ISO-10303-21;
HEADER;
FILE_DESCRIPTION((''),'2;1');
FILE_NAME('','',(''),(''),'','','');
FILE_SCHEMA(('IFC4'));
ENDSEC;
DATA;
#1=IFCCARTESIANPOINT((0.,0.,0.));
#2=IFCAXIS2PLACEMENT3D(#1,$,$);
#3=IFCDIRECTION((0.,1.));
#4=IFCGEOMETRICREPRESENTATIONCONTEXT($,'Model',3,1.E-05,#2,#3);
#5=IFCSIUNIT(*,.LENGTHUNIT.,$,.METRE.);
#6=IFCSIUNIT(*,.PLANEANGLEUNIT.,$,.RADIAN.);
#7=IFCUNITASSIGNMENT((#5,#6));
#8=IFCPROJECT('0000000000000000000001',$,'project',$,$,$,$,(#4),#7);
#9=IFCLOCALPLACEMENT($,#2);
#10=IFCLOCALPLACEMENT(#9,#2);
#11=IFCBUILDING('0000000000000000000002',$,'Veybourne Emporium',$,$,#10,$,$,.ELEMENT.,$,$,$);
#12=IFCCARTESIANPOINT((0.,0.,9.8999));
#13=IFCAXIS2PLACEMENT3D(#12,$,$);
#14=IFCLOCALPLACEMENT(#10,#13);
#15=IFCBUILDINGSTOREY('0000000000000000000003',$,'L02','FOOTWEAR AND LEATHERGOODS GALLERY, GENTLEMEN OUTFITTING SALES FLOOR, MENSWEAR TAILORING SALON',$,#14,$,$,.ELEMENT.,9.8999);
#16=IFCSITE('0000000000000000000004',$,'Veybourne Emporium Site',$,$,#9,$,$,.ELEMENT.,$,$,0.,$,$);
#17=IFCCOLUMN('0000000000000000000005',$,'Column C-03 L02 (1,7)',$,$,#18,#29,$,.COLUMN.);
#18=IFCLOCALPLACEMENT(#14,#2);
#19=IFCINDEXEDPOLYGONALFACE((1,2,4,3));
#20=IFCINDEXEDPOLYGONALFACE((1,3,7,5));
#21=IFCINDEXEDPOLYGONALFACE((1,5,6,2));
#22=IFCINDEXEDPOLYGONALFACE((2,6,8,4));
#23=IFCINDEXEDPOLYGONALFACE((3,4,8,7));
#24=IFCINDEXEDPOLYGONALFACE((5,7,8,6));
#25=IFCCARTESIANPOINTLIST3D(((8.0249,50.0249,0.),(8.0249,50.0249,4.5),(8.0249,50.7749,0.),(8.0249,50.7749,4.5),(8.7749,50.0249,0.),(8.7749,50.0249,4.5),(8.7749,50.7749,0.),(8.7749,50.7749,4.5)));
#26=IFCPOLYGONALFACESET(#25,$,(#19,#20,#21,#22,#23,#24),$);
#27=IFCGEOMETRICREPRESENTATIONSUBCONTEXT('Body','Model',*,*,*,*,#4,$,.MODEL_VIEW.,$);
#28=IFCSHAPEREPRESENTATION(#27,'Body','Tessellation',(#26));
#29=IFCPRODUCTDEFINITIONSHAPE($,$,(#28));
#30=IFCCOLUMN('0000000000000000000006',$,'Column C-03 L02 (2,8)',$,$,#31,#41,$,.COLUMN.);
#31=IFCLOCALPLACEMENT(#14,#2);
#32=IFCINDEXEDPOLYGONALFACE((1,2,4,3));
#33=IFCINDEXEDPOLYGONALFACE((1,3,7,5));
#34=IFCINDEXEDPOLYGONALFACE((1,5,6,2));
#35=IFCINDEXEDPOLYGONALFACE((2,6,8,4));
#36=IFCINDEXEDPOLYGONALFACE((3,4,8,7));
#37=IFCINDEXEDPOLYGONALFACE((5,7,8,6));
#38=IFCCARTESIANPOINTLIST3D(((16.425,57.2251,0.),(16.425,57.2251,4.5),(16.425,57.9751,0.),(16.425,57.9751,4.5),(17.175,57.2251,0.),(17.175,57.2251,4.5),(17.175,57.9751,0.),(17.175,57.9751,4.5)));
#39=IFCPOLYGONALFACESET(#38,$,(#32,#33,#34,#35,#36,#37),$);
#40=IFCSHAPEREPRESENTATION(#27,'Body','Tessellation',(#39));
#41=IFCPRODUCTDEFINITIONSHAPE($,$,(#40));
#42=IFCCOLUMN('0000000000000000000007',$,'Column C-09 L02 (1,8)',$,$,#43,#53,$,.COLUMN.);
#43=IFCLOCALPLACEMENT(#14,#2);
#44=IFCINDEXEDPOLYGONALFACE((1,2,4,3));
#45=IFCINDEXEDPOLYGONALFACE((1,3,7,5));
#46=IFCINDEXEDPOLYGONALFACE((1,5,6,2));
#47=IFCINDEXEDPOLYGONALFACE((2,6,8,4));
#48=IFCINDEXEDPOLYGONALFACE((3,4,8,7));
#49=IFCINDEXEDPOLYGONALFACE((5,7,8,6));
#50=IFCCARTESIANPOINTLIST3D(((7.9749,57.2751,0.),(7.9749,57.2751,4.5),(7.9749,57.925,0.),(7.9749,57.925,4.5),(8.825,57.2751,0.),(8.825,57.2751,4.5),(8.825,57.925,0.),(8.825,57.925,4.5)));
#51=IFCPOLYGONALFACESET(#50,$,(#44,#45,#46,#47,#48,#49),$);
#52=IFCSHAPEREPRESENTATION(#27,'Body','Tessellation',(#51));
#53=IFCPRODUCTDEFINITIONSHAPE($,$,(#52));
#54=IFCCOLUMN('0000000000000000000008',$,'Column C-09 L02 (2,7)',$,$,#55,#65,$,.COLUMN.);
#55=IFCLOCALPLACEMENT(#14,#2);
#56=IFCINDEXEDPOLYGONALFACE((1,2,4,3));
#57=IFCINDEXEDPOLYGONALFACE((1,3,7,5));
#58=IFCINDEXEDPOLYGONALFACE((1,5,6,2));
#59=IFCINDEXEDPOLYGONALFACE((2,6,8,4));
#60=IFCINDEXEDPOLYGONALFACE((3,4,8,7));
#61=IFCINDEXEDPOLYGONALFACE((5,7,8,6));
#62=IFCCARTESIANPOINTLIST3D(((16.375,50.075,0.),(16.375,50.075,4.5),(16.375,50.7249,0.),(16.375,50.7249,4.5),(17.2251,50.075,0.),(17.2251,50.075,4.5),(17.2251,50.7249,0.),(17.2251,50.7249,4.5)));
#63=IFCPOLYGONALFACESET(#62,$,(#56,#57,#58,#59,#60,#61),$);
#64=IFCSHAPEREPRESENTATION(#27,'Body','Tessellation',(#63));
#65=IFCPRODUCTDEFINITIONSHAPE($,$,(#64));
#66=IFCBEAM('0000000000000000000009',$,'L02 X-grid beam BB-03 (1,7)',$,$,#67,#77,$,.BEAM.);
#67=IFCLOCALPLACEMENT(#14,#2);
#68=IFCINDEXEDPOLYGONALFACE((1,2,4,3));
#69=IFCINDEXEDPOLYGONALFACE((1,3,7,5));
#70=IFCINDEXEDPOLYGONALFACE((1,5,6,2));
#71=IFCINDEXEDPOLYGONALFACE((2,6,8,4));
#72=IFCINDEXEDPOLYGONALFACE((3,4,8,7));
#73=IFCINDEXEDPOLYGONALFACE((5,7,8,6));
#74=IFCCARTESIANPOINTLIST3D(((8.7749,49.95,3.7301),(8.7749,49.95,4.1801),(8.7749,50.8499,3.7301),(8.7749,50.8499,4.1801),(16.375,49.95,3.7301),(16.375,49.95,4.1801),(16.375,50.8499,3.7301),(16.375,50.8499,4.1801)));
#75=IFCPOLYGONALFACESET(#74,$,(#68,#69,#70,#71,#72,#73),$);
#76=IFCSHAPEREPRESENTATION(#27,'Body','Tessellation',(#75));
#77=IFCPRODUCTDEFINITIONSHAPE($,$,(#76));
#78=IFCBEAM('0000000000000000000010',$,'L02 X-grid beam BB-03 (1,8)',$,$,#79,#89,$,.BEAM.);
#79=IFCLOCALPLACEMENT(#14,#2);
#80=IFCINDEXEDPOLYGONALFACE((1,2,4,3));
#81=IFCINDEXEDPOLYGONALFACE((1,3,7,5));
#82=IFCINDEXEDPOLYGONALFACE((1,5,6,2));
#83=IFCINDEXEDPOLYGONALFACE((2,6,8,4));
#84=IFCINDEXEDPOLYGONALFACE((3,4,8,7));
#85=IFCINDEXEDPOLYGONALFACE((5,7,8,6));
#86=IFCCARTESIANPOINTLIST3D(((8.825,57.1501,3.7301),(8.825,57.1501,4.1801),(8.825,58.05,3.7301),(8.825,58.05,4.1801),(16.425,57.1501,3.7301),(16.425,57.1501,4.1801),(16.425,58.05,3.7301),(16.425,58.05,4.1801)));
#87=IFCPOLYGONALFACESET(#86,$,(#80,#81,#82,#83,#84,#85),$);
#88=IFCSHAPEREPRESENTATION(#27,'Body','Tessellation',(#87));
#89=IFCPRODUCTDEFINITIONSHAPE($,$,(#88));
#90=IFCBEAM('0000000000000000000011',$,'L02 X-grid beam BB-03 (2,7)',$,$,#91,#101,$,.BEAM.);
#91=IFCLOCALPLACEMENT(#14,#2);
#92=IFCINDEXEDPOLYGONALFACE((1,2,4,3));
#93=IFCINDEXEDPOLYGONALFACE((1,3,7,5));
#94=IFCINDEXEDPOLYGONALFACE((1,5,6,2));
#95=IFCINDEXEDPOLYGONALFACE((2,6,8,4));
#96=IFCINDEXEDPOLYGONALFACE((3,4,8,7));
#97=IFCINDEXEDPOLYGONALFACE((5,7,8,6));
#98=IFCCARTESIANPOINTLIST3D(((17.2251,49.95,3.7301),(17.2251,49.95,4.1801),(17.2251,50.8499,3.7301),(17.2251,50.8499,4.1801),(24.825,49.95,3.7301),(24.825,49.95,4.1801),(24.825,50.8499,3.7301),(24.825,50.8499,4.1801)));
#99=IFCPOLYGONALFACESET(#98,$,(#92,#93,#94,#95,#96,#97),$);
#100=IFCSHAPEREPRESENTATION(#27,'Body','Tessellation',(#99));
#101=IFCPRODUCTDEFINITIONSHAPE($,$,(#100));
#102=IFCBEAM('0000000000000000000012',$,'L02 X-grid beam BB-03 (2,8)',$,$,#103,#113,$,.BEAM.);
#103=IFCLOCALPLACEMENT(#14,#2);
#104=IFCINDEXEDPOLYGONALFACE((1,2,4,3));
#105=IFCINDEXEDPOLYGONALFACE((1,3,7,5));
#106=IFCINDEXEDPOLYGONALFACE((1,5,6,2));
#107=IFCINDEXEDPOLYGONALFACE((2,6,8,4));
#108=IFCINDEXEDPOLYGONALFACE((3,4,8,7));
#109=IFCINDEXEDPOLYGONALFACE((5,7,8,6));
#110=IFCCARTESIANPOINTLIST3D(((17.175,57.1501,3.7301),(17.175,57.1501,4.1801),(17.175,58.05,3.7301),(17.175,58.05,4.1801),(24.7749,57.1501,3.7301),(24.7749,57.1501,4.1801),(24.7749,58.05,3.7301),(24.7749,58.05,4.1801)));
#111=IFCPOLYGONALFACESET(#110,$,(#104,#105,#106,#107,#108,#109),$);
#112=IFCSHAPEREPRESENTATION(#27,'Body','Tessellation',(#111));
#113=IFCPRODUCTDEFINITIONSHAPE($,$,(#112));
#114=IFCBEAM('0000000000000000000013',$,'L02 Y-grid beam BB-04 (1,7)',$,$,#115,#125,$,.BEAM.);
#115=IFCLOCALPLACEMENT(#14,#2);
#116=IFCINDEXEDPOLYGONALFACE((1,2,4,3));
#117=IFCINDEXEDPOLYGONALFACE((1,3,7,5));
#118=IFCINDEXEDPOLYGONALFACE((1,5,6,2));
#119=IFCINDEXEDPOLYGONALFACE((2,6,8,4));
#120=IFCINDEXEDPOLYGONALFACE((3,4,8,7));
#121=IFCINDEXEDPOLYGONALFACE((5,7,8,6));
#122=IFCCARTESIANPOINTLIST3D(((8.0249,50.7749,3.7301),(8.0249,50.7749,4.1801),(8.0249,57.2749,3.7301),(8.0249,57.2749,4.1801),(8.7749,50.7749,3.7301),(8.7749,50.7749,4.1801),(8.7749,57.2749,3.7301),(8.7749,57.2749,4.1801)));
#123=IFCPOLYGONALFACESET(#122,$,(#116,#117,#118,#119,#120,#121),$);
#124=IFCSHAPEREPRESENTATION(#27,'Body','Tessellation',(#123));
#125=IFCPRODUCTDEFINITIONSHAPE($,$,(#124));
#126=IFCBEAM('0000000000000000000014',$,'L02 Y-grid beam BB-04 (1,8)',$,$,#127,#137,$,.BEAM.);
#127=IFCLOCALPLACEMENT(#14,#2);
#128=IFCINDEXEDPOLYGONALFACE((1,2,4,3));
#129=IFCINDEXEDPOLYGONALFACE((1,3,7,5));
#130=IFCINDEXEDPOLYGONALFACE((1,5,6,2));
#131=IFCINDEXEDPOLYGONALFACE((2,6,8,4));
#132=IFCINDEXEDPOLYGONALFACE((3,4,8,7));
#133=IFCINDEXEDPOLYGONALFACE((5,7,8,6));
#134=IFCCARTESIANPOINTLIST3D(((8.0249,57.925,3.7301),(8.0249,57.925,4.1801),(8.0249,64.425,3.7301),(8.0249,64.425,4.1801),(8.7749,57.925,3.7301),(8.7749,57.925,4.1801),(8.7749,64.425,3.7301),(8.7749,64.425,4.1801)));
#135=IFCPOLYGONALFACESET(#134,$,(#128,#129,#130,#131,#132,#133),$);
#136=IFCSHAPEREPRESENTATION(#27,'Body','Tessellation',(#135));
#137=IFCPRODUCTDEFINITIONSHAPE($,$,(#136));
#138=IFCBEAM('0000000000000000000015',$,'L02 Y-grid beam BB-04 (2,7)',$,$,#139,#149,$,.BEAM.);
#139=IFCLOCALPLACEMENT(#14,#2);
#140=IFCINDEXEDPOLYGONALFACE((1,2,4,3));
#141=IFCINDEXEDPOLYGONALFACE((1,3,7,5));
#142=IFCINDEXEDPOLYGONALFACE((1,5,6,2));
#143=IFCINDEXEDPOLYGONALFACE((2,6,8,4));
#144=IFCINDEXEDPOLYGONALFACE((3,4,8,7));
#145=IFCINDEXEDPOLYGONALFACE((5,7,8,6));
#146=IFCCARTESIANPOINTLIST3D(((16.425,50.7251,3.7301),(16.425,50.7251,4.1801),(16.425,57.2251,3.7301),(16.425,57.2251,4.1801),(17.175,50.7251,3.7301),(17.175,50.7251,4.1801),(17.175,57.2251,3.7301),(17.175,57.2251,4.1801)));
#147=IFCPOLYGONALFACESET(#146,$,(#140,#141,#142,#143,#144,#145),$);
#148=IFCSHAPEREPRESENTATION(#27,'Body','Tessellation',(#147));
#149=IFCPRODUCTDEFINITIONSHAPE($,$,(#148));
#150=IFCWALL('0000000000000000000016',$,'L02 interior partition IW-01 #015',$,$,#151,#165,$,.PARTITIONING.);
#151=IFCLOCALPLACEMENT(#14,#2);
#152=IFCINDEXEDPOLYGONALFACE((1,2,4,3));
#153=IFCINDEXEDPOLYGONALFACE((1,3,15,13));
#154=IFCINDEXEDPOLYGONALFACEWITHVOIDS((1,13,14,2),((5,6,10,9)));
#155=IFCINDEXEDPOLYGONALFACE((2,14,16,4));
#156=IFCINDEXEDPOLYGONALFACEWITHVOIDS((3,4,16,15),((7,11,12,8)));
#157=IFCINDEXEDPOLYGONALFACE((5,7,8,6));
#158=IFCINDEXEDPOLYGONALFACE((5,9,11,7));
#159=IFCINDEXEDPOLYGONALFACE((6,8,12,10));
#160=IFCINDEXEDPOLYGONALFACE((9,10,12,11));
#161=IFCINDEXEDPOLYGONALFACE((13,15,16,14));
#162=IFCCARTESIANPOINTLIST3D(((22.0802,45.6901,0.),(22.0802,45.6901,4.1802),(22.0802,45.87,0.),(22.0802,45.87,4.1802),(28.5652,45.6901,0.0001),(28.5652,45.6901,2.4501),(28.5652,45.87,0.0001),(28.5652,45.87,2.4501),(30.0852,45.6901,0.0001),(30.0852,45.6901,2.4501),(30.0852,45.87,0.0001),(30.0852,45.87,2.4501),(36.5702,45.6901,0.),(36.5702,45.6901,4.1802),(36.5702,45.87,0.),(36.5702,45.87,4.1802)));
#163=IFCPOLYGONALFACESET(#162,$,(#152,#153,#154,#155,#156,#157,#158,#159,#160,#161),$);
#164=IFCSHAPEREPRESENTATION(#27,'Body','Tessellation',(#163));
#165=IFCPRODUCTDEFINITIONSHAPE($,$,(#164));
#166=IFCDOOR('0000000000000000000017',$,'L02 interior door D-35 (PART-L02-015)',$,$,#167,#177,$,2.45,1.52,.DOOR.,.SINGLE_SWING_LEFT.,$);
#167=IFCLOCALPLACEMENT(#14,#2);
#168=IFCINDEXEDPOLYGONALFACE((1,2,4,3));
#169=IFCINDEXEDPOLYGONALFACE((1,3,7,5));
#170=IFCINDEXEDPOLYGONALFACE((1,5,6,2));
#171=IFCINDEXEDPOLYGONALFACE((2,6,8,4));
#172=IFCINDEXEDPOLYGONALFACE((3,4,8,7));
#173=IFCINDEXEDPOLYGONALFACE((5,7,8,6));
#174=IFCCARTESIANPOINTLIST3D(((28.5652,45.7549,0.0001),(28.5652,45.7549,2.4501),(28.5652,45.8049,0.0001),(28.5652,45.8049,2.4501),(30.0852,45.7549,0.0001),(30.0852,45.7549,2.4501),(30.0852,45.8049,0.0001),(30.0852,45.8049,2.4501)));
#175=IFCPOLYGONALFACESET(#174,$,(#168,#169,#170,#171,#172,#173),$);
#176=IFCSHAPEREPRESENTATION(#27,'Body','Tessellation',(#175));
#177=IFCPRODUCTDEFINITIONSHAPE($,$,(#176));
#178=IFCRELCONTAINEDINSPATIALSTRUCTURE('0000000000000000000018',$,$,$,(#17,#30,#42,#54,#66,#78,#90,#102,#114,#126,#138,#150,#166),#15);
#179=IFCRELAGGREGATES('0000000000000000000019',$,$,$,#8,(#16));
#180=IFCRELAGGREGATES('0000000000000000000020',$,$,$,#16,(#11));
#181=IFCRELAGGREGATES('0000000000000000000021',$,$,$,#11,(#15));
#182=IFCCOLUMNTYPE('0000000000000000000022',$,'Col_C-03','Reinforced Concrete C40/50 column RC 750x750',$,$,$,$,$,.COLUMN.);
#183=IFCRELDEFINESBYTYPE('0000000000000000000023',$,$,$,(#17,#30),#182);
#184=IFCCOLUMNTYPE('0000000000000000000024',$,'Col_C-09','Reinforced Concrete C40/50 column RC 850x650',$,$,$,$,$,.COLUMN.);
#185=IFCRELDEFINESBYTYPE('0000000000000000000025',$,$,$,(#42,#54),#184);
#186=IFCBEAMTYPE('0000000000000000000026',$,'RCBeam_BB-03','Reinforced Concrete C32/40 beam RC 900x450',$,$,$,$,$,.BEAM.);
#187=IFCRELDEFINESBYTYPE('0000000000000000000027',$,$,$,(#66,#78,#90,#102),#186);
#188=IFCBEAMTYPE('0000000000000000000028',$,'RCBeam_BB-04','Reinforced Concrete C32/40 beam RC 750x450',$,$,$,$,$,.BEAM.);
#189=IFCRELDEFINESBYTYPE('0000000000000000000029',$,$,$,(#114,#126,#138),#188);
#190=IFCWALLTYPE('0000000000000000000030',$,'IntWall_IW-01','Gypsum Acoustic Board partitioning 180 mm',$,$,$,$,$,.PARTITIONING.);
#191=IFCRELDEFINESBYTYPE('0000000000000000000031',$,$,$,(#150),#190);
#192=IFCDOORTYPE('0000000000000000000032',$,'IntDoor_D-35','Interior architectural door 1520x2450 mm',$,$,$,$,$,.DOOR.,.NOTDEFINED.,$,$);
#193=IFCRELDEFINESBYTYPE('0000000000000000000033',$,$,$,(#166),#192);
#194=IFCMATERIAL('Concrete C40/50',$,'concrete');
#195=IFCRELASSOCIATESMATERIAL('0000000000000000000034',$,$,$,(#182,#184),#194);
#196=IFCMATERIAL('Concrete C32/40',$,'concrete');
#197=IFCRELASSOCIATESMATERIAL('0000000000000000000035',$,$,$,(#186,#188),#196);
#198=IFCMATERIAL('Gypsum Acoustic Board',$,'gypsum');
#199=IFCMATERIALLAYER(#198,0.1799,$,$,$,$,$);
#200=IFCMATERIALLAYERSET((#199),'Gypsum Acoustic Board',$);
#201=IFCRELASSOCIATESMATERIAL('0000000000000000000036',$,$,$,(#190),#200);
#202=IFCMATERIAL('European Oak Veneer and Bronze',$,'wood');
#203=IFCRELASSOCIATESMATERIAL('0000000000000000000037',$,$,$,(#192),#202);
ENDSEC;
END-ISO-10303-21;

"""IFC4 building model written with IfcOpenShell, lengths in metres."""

from ifc_helpers import new_model, si_unit, direction, frame, frame_2d, origin, origin_2d, place, context, subcontext, project, spatial, rectangle, extrude, material, layer, layer_set, material_profile, profile_set, type_object, element, fill, save


model = new_model("IFC4")

# Units and contexts
model_context = context("Model", 3, precision=1e-05, world=origin(), true_north=direction((0.0, 1.0)))
body_context = subcontext(model_context, "Body", "Model", "MODEL_VIEW")
ifc_project = project(units=[si_unit("LENGTHUNIT", "METRE"), si_unit("PLANEANGLEUNIT", "RADIAN")], contexts=[model_context])

# Site, building, storey
site_placement = place(None, origin())
site = spatial("IfcSite", under=ifc_project, at=site_placement, Name="Veybourne Emporium Site", CompositionType="ELEMENT", RefElevation=0.0)
building_placement = place(site_placement, origin())
building = spatial("IfcBuilding", under=site, at=building_placement, Name="Veybourne Emporium", CompositionType="ELEMENT")
storey_placement = place(building_placement, frame((0.0, 0.0, 9.8999)))
storey = spatial("IfcBuildingStorey", under=building, at=storey_placement, Name="L02", Description="FOOTWEAR AND LEATHERGOODS GALLERY, GENTLEMEN OUTFITTING SALES FLOOR, MENSWEAR TAILORING SALON", CompositionType="ELEMENT", Elevation=9.8999)

# Columns
ifc_material_1 = material(Name="Concrete C40/50", Category="concrete")
ifc_material_profile_1 = material_profile(ifc_material_1, rectangle(XDim=0.75, YDim=0.75, at=origin_2d()), Name="RC 750x750")
ifc_profile_set_1 = profile_set([ifc_material_profile_1], Name="Concrete C40/50")
column_type_1 = type_object("IfcColumnType", Name="Col_C-03", Description="Reinforced Concrete C40/50 column RC 750x750", PredefinedType="COLUMN", material=ifc_profile_set_1)
for number, where, z_axis, x_axis, name in (
    (1, (8.3999, 50.3999, 0.0), (0.0, 0.0, 1.0), (1.0, 0.0, 0.0), "Column C-03 L02 (1,7)"),
    (2, (16.8, 57.6001, 0.0), (0.0, 0.0, 1.0), (1.0, 0.0, 0.0), "Column C-03 L02 (2,8)"),
):
    element("IfcColumn", number, at=place(storey_placement, frame(where, z_axis=z_axis, x_axis=x_axis)), inside=storey, type_object=column_type_1, Name=name, PredefinedType="COLUMN", context=body_context, shape_type="SweptSolid", body=[
        extrude(rectangle(XDim=0.75, YDim=0.75, at=origin_2d()), origin(), (0.0, 0.0, 1.0), 4.5),
    ])
ifc_material_profile_2 = material_profile(ifc_material_1, rectangle(XDim=0.8501, YDim=0.6499, at=origin_2d()), Name="RC 850x650")
ifc_profile_set_2 = profile_set([ifc_material_profile_2], Name="Concrete C40/50")
column_type_2 = type_object("IfcColumnType", Name="Col_C-09", Description="Reinforced Concrete C40/50 column RC 850x650", PredefinedType="COLUMN", material=ifc_profile_set_2)
for number, where, z_axis, x_axis, name in (
    (3, (8.3999, 57.6001, 0.0), (0.0, 0.0, 1.0), (1.0, 0.0, 0.0), "Column C-09 L02 (1,8)"),
    (4, (16.8, 50.3999, 0.0), (0.0, 0.0, 1.0), (1.0, 0.0, 0.0), "Column C-09 L02 (2,7)"),
):
    element("IfcColumn", number, at=place(storey_placement, frame(where, z_axis=z_axis, x_axis=x_axis)), inside=storey, type_object=column_type_2, Name=name, PredefinedType="COLUMN", context=body_context, shape_type="SweptSolid", body=[
        extrude(rectangle(XDim=0.8501, YDim=0.6499, at=origin_2d()), origin(), (0.0, 0.0, 1.0), 4.5),
    ])

# Beams
ifc_material_2 = material(Name="Concrete C32/40", Category="concrete")
ifc_material_profile_3 = material_profile(ifc_material_2, rectangle(XDim=0.8999, YDim=0.45, at=origin_2d()), Name="RC 900x450")
ifc_profile_set_3 = profile_set([ifc_material_profile_3], Name="Concrete C32/40")
beam_type_1 = type_object("IfcBeamType", Name="RCBeam_BB-03", Description="Reinforced Concrete C32/40 beam RC 900x450", PredefinedType="BEAM", material=ifc_profile_set_3)
for number, where, z_axis, x_axis, name in (
    (5, (8.7749, 50.3999, 3.9551), (1.0, 0.0, 0.0), (0.0, 1.0, 0.0), "L02 X-grid beam BB-03 (1,7)"),
    (6, (8.825, 57.6001, 3.9551), (1.0, 0.0, 0.0), (0.0, 1.0, 0.0), "L02 X-grid beam BB-03 (1,8)"),
):
    element("IfcBeam", number, at=place(storey_placement, frame(where, z_axis=z_axis, x_axis=x_axis)), inside=storey, type_object=beam_type_1, Name=name, PredefinedType="BEAM", context=body_context, shape_type="SweptSolid", body=[
        extrude(rectangle(XDim=0.8999, YDim=0.45, at=origin_2d()), origin(), (0.0, 0.0, 1.0), 7.6001),
    ])
for number, where, z_axis, x_axis, name in (
    (7, (17.2251, 50.3999, 3.9551), (1.0, 0.0, 0.0), (0.0, 1.0, 0.0), "L02 X-grid beam BB-03 (2,7)"),
    (8, (17.175, 57.6001, 3.9551), (1.0, 0.0, 0.0), (0.0, 1.0, 0.0), "L02 X-grid beam BB-03 (2,8)"),
):
    element("IfcBeam", number, at=place(storey_placement, frame(where, z_axis=z_axis, x_axis=x_axis)), inside=storey, type_object=beam_type_1, Name=name, PredefinedType="BEAM", context=body_context, shape_type="SweptSolid", body=[
        extrude(rectangle(XDim=0.8999, YDim=0.45, at=origin_2d()), origin(), (0.0, 0.0, 1.0), 7.5999),
    ])
ifc_material_profile_4 = material_profile(ifc_material_2, rectangle(XDim=0.75, YDim=0.45, at=origin_2d()), Name="RC 750x450")
ifc_profile_set_4 = profile_set([ifc_material_profile_4], Name="Concrete C32/40")
beam_type_2 = type_object("IfcBeamType", Name="RCBeam_BB-04", Description="Reinforced Concrete C32/40 beam RC 750x450", PredefinedType="BEAM", material=ifc_profile_set_4)
for number, where, z_axis, x_axis, name in (
    (9, (8.3999, 50.7749, 3.9551), (0.0, 1.0, 0.0), (-1.0, 0.0, 0.0), "L02 Y-grid beam BB-04 (1,7)"),
    (10, (8.3999, 57.925, 3.9551), (0.0, 1.0, 0.0), (-1.0, 0.0, 0.0), "L02 Y-grid beam BB-04 (1,8)"),
    (11, (16.8, 50.7251, 3.9551), (0.0, 1.0, 0.0), (-1.0, 0.0, 0.0), "L02 Y-grid beam BB-04 (2,7)"),
):
    element("IfcBeam", number, at=place(storey_placement, frame(where, z_axis=z_axis, x_axis=x_axis)), inside=storey, type_object=beam_type_2, Name=name, PredefinedType="BEAM", context=body_context, shape_type="SweptSolid", body=[
        extrude(rectangle(XDim=0.75, YDim=0.45, at=origin_2d()), origin(), (0.0, 0.0, 1.0), 6.5),
    ])

# Wall, opening, door
ifc_material_3 = material(Name="Gypsum Acoustic Board", Category="gypsum")
ifc_layer_1 = layer(ifc_material_3, 0.1799)
ifc_layer_set_1 = layer_set([ifc_layer_1], Name="Gypsum Acoustic Board")
wall_type_1 = type_object("IfcWallType", Name="IntWall_IW-01", Description="Gypsum Acoustic Board partitioning 180 mm", PredefinedType="PARTITIONING", material=ifc_layer_set_1)
wall_1_placement = place(storey_placement, frame((22.0801, 45.78, 0.0), z_axis=(0.0, 0.0, 1.0), x_axis=(1.0, 0.0, 0.0)))
wall_1 = element("IfcWall", 12, at=wall_1_placement, inside=storey, type_object=wall_type_1, Name="L02 interior partition IW-01 #015", PredefinedType="PARTITIONING", context=body_context, shape_type="SweptSolid", body=[
    extrude(rectangle(XDim=14.49, YDim=0.1799, at=frame_2d((7.2451, 0.0))), origin(), (0.0, 0.0, 1.0), 4.1802),
])
opening_1_placement = place(wall_1_placement, frame((6.4851, 0.0, 0.0)))
opening_1 = element("IfcOpeningElement", 13, at=opening_1_placement, cuts=wall_1, PredefinedType="OPENING", context=body_context, shape_type="SweptSolid", body=[
    extrude(rectangle(XDim=1.52, YDim=2.45, at=frame_2d((0.76, 1.2251))), frame((0.0, 0.1099, 0.0), z_axis=(0.0, -1.0, 0.0), x_axis=(1.0, 0.0, 0.0)), (0.0, 0.0, 1.0), 0.22),
])
ifc_material_4 = material(Name="European Oak Veneer and Bronze", Category="wood")
door_type_1 = type_object("IfcDoorType", Name="IntDoor_D-35", Description="Interior architectural door 1520x2450 mm", OperationType="NOTDEFINED", PredefinedType="DOOR", material=ifc_material_4)
door_1_placement = place(opening_1_placement, origin())
door_1 = element("IfcDoor", 14, at=door_1_placement, inside=storey, type_object=door_type_1, Name="L02 interior door D-35 (PART-L02-015)", OperationType="SINGLE_SWING_LEFT", OverallHeight=2.45, OverallWidth=1.52, PredefinedType="DOOR", context=body_context, shape_type="SweptSolid", body=[
    extrude(rectangle(XDim=1.52, YDim=2.45, at=frame_2d((0.76, 1.2251))), frame((0.0, 0.0249, 0.0), z_axis=(0.0, -1.0, 0.0), x_axis=(1.0, 0.0, 0.0)), (0.0, 0.0, 1.0), 0.05),
])
fill(opening_1, door_1)

save(model, "model.ifc")
